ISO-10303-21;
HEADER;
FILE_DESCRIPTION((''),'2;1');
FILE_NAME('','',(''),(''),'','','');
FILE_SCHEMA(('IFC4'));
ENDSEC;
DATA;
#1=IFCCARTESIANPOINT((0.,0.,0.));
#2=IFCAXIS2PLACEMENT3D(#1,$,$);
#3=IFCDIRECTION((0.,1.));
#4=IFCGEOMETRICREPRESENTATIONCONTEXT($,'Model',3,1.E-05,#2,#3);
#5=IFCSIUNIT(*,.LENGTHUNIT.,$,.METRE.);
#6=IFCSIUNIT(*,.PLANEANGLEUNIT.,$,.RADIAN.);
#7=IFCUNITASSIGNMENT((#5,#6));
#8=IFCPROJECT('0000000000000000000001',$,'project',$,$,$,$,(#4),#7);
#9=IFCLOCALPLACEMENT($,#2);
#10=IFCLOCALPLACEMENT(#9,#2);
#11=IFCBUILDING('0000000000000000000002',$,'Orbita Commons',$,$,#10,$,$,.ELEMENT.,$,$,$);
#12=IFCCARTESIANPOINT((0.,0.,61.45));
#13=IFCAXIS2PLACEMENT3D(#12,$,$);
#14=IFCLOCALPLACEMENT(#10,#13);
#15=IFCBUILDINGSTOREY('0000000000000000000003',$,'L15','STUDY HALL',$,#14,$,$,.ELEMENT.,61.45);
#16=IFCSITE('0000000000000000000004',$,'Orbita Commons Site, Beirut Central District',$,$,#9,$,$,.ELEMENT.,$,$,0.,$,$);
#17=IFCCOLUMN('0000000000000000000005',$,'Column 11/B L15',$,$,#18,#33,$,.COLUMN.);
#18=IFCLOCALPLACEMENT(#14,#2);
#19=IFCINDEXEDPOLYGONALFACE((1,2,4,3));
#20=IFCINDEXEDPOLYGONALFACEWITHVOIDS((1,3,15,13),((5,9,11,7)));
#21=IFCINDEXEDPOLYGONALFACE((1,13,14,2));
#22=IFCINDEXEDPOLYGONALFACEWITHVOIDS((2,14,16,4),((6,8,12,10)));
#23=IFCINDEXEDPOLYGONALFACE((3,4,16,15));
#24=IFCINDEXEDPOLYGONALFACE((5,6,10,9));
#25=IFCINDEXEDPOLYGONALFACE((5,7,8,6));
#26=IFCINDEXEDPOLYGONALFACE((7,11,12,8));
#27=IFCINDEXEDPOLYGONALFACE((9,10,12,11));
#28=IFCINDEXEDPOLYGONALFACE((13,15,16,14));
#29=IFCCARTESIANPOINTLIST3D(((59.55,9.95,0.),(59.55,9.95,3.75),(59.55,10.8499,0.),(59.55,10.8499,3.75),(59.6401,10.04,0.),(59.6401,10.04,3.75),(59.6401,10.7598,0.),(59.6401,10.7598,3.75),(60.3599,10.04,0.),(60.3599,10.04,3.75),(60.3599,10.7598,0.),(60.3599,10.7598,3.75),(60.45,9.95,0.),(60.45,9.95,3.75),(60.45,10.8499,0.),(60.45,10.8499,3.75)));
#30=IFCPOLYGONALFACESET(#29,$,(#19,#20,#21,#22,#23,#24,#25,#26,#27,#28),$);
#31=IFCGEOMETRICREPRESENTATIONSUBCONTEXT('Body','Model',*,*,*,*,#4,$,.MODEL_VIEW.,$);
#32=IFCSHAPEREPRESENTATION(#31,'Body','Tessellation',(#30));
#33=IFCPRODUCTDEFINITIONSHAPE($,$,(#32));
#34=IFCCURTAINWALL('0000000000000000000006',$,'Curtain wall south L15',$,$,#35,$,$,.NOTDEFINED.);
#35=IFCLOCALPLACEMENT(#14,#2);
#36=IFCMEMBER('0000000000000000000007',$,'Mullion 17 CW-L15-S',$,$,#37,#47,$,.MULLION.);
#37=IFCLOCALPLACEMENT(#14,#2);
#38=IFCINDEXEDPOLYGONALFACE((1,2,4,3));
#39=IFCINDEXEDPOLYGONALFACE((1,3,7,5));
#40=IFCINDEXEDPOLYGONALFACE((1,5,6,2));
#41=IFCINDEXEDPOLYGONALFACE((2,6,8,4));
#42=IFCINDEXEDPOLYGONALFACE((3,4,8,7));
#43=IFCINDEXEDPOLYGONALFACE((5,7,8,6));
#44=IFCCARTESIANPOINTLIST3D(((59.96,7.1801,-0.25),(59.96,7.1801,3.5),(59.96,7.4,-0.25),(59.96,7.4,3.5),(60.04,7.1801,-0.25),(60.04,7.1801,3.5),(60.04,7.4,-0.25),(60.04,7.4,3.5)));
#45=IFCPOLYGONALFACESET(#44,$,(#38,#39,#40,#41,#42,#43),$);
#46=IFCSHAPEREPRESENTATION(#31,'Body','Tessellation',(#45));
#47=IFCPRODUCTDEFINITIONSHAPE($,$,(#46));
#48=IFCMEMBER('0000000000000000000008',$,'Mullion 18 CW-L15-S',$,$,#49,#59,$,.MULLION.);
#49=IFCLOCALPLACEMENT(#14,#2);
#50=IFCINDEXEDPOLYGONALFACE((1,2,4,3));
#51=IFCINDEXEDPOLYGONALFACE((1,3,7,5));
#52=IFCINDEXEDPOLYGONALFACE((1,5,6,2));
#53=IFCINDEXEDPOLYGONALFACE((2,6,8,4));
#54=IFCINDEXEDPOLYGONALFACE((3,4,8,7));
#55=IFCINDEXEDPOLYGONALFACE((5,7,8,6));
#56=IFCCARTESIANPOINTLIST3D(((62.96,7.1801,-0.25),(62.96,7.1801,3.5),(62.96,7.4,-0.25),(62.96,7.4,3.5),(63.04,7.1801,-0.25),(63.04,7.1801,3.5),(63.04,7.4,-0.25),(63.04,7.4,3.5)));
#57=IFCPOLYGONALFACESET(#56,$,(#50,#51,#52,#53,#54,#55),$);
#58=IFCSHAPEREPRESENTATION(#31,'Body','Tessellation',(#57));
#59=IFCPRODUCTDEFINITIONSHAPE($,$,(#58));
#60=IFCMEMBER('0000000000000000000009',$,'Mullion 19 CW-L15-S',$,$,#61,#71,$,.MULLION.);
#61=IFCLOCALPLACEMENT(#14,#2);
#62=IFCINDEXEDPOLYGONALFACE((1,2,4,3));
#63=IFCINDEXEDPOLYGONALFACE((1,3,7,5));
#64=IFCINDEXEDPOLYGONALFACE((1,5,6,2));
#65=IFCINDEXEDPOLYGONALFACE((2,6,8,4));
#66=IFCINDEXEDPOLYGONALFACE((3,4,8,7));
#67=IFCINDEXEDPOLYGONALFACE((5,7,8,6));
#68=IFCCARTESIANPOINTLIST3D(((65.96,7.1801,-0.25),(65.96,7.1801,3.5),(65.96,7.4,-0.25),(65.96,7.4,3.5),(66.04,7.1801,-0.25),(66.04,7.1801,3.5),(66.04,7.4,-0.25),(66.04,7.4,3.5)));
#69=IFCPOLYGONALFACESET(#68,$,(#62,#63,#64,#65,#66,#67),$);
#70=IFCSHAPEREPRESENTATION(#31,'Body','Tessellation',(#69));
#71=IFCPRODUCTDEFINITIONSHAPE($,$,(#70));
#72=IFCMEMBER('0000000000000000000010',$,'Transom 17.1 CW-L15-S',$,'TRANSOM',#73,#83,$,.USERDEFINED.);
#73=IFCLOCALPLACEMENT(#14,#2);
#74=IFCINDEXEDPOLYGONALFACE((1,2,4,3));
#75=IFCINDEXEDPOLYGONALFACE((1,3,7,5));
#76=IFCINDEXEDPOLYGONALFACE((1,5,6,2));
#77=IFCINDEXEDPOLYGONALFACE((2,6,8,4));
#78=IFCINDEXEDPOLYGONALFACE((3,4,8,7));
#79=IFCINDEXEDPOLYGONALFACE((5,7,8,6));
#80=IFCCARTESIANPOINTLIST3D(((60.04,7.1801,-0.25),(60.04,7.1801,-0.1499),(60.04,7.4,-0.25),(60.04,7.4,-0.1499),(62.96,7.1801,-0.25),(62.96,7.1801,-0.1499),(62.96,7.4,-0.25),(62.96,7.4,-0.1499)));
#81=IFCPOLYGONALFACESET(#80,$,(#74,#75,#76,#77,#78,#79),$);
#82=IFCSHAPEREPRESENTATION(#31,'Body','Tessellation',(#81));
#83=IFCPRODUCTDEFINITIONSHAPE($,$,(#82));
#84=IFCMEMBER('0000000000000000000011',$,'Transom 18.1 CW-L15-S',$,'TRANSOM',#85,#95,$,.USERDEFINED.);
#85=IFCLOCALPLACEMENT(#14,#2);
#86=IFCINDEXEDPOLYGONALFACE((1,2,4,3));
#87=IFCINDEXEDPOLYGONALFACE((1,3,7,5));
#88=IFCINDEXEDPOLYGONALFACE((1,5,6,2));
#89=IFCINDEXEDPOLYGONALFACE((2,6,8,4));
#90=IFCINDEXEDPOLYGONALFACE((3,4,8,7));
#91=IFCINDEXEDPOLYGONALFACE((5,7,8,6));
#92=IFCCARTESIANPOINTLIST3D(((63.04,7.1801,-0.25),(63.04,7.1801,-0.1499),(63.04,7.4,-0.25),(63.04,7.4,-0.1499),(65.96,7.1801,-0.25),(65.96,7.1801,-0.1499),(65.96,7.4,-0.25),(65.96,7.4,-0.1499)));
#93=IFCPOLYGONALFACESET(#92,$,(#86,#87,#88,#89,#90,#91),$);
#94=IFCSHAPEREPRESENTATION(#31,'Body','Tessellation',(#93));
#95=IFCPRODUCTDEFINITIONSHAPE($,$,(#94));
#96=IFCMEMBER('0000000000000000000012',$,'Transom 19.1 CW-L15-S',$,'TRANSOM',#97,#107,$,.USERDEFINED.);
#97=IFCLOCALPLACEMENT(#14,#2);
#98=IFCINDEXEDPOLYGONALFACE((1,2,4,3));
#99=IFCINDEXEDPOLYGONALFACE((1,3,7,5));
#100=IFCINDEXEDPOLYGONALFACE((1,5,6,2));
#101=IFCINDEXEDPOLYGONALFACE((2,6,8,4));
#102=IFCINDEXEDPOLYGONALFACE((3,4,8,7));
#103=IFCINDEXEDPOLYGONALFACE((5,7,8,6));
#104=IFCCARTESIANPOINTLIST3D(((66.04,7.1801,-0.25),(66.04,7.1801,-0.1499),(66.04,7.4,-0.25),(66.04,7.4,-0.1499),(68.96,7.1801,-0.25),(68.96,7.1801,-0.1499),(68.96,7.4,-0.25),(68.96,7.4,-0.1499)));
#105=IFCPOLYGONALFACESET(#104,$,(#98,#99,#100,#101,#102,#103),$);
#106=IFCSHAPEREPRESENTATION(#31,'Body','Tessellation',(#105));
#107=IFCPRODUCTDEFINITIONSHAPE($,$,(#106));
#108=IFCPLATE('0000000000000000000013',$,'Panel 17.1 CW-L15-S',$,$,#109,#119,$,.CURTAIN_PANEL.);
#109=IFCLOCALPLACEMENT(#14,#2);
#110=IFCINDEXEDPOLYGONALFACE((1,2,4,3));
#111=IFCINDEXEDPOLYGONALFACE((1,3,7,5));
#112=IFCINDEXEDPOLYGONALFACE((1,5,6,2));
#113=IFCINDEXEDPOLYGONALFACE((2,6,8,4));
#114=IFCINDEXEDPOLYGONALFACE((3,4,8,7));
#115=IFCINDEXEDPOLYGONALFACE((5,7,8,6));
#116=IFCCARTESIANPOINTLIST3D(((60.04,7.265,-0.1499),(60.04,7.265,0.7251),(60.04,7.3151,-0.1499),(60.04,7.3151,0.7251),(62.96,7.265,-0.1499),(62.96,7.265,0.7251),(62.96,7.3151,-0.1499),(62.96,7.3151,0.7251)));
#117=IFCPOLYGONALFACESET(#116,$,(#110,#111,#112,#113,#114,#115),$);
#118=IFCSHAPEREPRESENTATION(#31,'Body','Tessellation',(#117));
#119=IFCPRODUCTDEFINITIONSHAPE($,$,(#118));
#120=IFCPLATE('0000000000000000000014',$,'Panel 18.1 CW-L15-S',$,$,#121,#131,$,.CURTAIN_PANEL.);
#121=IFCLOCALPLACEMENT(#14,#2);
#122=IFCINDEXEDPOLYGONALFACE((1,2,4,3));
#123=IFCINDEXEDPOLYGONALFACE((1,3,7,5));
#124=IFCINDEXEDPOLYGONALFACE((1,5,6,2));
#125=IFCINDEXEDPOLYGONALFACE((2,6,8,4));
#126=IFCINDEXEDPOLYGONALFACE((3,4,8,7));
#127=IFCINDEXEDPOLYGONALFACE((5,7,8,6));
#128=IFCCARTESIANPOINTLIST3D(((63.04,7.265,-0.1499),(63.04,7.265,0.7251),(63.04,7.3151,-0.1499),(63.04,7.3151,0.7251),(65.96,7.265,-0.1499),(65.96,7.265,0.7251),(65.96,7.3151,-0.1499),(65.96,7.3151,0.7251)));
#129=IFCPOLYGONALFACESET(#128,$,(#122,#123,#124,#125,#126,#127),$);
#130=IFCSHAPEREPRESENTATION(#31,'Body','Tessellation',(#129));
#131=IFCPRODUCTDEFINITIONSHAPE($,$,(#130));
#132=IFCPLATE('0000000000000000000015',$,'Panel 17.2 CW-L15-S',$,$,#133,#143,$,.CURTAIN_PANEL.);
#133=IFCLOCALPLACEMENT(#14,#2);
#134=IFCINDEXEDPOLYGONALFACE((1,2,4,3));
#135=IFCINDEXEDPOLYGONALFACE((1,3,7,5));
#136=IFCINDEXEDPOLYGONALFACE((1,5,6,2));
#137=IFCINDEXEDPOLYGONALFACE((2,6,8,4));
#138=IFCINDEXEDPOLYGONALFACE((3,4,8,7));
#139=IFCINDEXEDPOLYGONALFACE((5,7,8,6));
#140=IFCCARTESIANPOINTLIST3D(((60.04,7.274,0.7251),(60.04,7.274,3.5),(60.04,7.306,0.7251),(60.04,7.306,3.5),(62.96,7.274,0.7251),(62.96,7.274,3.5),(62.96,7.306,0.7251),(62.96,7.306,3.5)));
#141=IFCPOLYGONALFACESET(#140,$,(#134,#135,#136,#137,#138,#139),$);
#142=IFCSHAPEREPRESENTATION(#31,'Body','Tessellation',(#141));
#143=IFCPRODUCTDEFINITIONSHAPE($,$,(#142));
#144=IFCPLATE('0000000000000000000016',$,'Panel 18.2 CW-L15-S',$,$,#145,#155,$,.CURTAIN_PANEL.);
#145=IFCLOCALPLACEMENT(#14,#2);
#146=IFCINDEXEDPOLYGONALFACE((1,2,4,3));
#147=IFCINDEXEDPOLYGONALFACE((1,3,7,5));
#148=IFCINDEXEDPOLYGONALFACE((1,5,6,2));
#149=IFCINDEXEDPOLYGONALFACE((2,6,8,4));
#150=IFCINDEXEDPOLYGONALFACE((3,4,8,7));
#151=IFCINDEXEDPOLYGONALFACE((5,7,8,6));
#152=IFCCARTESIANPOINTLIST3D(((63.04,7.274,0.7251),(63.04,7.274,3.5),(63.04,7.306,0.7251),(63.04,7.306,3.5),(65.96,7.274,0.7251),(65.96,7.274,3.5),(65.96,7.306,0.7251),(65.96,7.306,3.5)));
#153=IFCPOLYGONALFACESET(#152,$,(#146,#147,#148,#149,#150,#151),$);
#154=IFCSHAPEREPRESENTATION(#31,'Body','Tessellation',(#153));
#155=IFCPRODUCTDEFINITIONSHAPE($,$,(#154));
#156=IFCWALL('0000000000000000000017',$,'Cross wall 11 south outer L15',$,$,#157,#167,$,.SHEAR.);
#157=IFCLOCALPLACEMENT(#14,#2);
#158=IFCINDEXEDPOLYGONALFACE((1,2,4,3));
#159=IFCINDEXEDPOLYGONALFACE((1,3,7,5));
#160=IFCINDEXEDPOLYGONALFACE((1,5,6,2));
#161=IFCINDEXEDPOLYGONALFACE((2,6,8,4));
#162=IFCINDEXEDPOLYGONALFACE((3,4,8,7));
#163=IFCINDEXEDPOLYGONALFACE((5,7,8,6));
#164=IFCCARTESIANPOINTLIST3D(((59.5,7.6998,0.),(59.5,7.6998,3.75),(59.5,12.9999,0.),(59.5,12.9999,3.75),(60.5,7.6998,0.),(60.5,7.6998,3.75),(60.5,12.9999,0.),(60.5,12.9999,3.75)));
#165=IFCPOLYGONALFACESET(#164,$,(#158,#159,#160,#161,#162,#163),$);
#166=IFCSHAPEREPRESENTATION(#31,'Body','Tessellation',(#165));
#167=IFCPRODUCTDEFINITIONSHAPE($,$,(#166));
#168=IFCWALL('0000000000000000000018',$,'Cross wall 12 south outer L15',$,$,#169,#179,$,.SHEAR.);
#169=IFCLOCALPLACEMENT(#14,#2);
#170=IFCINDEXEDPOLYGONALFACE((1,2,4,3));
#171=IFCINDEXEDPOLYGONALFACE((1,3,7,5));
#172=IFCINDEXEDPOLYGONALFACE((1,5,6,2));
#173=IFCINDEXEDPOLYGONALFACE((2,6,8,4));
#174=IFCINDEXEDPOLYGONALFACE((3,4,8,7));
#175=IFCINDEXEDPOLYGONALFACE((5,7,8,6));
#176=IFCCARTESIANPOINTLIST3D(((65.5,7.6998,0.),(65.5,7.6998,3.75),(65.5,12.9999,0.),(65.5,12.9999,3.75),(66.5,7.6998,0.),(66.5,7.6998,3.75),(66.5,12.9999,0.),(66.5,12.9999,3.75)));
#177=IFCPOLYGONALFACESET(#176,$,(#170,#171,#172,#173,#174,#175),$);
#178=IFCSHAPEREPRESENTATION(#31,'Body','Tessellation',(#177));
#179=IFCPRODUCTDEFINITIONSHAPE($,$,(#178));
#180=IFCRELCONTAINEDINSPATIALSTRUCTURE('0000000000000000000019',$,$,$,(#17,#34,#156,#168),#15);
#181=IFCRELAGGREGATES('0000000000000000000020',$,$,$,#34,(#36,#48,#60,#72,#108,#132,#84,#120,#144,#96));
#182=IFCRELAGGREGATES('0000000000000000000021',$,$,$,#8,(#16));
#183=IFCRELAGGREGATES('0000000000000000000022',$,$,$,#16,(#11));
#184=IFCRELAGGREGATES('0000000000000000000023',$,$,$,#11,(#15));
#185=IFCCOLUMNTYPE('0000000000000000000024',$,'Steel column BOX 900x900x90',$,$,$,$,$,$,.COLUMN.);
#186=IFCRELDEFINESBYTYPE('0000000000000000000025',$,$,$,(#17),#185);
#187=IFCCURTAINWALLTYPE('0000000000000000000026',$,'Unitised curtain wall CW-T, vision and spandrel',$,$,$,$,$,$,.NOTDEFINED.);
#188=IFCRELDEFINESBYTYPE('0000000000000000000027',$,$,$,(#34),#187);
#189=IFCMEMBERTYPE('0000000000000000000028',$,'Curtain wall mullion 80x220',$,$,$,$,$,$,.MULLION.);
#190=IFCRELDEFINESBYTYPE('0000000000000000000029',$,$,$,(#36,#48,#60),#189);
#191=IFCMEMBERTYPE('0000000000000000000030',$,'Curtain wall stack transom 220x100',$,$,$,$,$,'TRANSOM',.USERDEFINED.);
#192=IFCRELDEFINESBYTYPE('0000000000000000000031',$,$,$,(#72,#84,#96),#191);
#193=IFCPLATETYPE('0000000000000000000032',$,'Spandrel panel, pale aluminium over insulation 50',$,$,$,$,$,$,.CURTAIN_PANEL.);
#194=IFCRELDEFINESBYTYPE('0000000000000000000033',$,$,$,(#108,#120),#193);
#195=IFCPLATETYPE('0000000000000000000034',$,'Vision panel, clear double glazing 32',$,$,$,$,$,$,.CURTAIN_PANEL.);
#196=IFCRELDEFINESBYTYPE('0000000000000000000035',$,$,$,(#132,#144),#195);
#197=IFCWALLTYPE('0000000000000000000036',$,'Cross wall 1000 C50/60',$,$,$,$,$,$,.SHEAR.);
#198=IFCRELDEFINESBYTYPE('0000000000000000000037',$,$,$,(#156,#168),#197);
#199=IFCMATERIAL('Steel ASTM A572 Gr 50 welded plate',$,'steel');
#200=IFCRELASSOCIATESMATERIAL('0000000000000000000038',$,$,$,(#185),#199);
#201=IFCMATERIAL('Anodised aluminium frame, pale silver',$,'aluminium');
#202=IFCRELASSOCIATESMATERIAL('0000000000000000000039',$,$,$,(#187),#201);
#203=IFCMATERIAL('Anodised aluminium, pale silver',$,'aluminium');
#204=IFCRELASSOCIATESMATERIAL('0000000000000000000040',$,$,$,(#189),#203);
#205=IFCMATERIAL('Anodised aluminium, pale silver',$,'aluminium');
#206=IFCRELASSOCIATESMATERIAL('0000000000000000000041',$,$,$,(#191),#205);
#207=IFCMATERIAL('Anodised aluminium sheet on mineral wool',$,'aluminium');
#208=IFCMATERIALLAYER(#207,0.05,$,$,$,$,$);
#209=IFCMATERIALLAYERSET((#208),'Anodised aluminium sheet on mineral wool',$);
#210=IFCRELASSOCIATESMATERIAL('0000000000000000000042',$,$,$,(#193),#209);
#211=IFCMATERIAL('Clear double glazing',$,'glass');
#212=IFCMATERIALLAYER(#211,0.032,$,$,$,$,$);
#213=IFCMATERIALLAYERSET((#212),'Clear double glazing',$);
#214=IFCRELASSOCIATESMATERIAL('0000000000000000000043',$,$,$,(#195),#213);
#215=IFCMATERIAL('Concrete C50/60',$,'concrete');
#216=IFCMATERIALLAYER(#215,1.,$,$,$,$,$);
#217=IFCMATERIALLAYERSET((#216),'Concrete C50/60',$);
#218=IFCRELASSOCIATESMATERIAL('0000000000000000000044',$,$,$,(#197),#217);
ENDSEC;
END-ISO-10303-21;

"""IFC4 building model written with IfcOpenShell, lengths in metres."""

from ifc_helpers import new_model, si_unit, direction, frame, frame_2d, origin, origin_2d, place, context, subcontext, project, spatial, rectangle, hollow_rectangle, extrude, material, layer, layer_set, material_profile, profile_set, type_object, element, aggregate, save


model = new_model("IFC4")

# Units and contexts
model_context = context("Model", 3, precision=1e-05, world=origin(), true_north=direction((0.0, 1.0)))
body_context = subcontext(model_context, "Body", "Model", "MODEL_VIEW")
ifc_project = project(units=[si_unit("LENGTHUNIT", "METRE"), si_unit("PLANEANGLEUNIT", "RADIAN")], contexts=[model_context])

# Site, building, storey
site_placement = place(None, origin())
site = spatial("IfcSite", under=ifc_project, at=site_placement, Name="Orbita Commons Site, Beirut Central District", CompositionType="ELEMENT", RefElevation=0.0)
building_placement = place(site_placement, origin())
building = spatial("IfcBuilding", under=site, at=building_placement, Name="Orbita Commons", CompositionType="ELEMENT")
storey_placement = place(building_placement, frame((0.0, 0.0, 61.45)))
storey = spatial("IfcBuildingStorey", under=building, at=storey_placement, Name="L15", Description="STUDY HALL", CompositionType="ELEMENT", Elevation=61.45)

# Column
ifc_material_1 = material(Name="Steel ASTM A572 Gr 50 welded plate", Category="steel")
ifc_material_profile_1 = material_profile(ifc_material_1, hollow_rectangle(XDim=0.8999, YDim=0.8999, WallThickness=0.0901, at=origin_2d()), Name="BOX 900x900x90")
ifc_profile_set_1 = profile_set([ifc_material_profile_1], Name="Steel ASTM A572 Gr 50 welded plate")
column_type = type_object("IfcColumnType", Name="Steel column BOX 900x900x90", PredefinedType="COLUMN", material=ifc_profile_set_1)
column_placement = place(storey_placement, frame((60.0, 10.3999, 0.0), z_axis=(0.0, 0.0, 1.0), x_axis=(1.0, 0.0, 0.0)))
element("IfcColumn", 1, at=column_placement, inside=storey, type_object=column_type, Name="Column 11/B L15", PredefinedType="COLUMN", context=body_context, shape_type="SweptSolid", body=[
    extrude(hollow_rectangle(XDim=0.8999, YDim=0.8999, WallThickness=0.0901, at=origin_2d()), origin(), (0.0, 0.0, 1.0), 3.75),
])

# Curtain wall, members, plates
ifc_material_2 = material(Name="Anodised aluminium frame, pale silver", Category="aluminium")
curtain_wall_type = type_object("IfcCurtainWallType", Name="Unitised curtain wall CW-T, vision and spandrel", PredefinedType="NOTDEFINED", material=ifc_material_2)
curtain_wall_placement = place(storey_placement, origin())
curtain_wall = element("IfcCurtainWall", 2, at=curtain_wall_placement, inside=storey, type_object=curtain_wall_type, Name="Curtain wall south L15", PredefinedType="NOTDEFINED")
ifc_material_3 = material(Name="Anodised aluminium, pale silver", Category="aluminium")
ifc_material_profile_2 = material_profile(ifc_material_3, rectangle(XDim=0.0801, YDim=0.22, at=origin_2d()), Name="AL 80x220")
ifc_profile_set_2 = profile_set([ifc_material_profile_2], Name="Anodised aluminium, pale silver")
member_type_1 = type_object("IfcMemberType", Name="Curtain wall mullion 80x220", PredefinedType="MULLION", material=ifc_profile_set_2)
member_1_placement = place(storey_placement, frame((60.0, 7.29, -0.25), z_axis=(0.0, 0.0, 1.0), x_axis=(1.0, 0.0, 0.0)))
member_1 = element("IfcMember", 3, at=member_1_placement, type_object=member_type_1, Name="Mullion 17 CW-L15-S", PredefinedType="MULLION", context=body_context, shape_type="SweptSolid", body=[
    extrude(rectangle(XDim=0.0801, YDim=0.22, at=origin_2d()), origin(), (0.0, 0.0, 1.0), 3.75),
])
member_2_placement = place(storey_placement, frame((63.0, 7.29, -0.25), z_axis=(0.0, 0.0, 1.0), x_axis=(1.0, 0.0, 0.0)))
member_2 = element("IfcMember", 4, at=member_2_placement, type_object=member_type_1, Name="Mullion 18 CW-L15-S", PredefinedType="MULLION", context=body_context, shape_type="SweptSolid", body=[
    extrude(rectangle(XDim=0.0801, YDim=0.22, at=origin_2d()), origin(), (0.0, 0.0, 1.0), 3.75),
])
member_3_placement = place(storey_placement, frame((66.0, 7.29, -0.25), z_axis=(0.0, 0.0, 1.0), x_axis=(1.0, 0.0, 0.0)))
member_3 = element("IfcMember", 5, at=member_3_placement, type_object=member_type_1, Name="Mullion 19 CW-L15-S", PredefinedType="MULLION", context=body_context, shape_type="SweptSolid", body=[
    extrude(rectangle(XDim=0.0801, YDim=0.22, at=origin_2d()), origin(), (0.0, 0.0, 1.0), 3.75),
])
ifc_material_4 = material(Name="Anodised aluminium, pale silver", Category="aluminium")
ifc_material_profile_3 = material_profile(ifc_material_4, rectangle(XDim=0.22, YDim=0.1001, at=origin_2d()), Name="AL 220x100")
ifc_profile_set_3 = profile_set([ifc_material_profile_3], Name="Anodised aluminium, pale silver")
member_type_2 = type_object("IfcMemberType", Name="Curtain wall stack transom 220x100", ElementType="TRANSOM", PredefinedType="USERDEFINED", material=ifc_profile_set_3)
member_4_placement = place(storey_placement, frame((60.04, 7.29, -0.2), z_axis=(1.0, 0.0, 0.0), x_axis=(0.0, 1.0, 0.0)))
member_4 = element("IfcMember", 6, at=member_4_placement, type_object=member_type_2, Name="Transom 17.1 CW-L15-S", ObjectType="TRANSOM", PredefinedType="USERDEFINED", context=body_context, shape_type="SweptSolid", body=[
    extrude(rectangle(XDim=0.22, YDim=0.1001, at=origin_2d()), origin(), (0.0, 0.0, 1.0), 2.9199),
])
member_5_placement = place(storey_placement, frame((63.04, 7.29, -0.2), z_axis=(1.0, 0.0, 0.0), x_axis=(0.0, 1.0, 0.0)))
member_5 = element("IfcMember", 7, at=member_5_placement, type_object=member_type_2, Name="Transom 18.1 CW-L15-S", ObjectType="TRANSOM", PredefinedType="USERDEFINED", context=body_context, shape_type="SweptSolid", body=[
    extrude(rectangle(XDim=0.22, YDim=0.1001, at=origin_2d()), origin(), (0.0, 0.0, 1.0), 2.9199),
])
member_6_placement = place(storey_placement, frame((66.04, 7.29, -0.2), z_axis=(1.0, 0.0, 0.0), x_axis=(0.0, 1.0, 0.0)))
member_6 = element("IfcMember", 8, at=member_6_placement, type_object=member_type_2, Name="Transom 19.1 CW-L15-S", ObjectType="TRANSOM", PredefinedType="USERDEFINED", context=body_context, shape_type="SweptSolid", body=[
    extrude(rectangle(XDim=0.22, YDim=0.1001, at=origin_2d()), origin(), (0.0, 0.0, 1.0), 2.9199),
])
ifc_material_5 = material(Name="Anodised aluminium sheet on mineral wool", Category="aluminium")
ifc_layer_1 = layer(ifc_material_5, 0.05)
ifc_layer_set_1 = layer_set([ifc_layer_1], Name="Anodised aluminium sheet on mineral wool")
plate_type_1 = type_object("IfcPlateType", Name="Spandrel panel, pale aluminium over insulation 50", PredefinedType="CURTAIN_PANEL", material=ifc_layer_set_1)
plate_1_placement = place(storey_placement, frame((61.5, 7.29, -0.1499), z_axis=(0.0, 0.0, 1.0), x_axis=(1.0, 0.0, 0.0)))
plate_1 = element("IfcPlate", 9, at=plate_1_placement, type_object=plate_type_1, Name="Panel 17.1 CW-L15-S", PredefinedType="CURTAIN_PANEL", context=body_context, shape_type="SweptSolid", body=[
    extrude(rectangle(XDim=2.9199, YDim=0.05, at=origin_2d()), origin(), (0.0, 0.0, 1.0), 0.875),
])
plate_2_placement = place(storey_placement, frame((64.5, 7.29, -0.1499), z_axis=(0.0, 0.0, 1.0), x_axis=(1.0, 0.0, 0.0)))
plate_2 = element("IfcPlate", 10, at=plate_2_placement, type_object=plate_type_1, Name="Panel 18.1 CW-L15-S", PredefinedType="CURTAIN_PANEL", context=body_context, shape_type="SweptSolid", body=[
    extrude(rectangle(XDim=2.9199, YDim=0.05, at=origin_2d()), origin(), (0.0, 0.0, 1.0), 0.875),
])
ifc_material_6 = material(Name="Clear double glazing", Category="glass")
ifc_layer_2 = layer(ifc_material_6, 0.032)
ifc_layer_set_2 = layer_set([ifc_layer_2], Name="Clear double glazing")
plate_type_2 = type_object("IfcPlateType", Name="Vision panel, clear double glazing 32", PredefinedType="CURTAIN_PANEL", material=ifc_layer_set_2)
plate_3_placement = place(storey_placement, frame((61.5, 7.29, 0.7251), z_axis=(0.0, 0.0, 1.0), x_axis=(1.0, 0.0, 0.0)))
plate_3 = element("IfcPlate", 11, at=plate_3_placement, type_object=plate_type_2, Name="Panel 17.2 CW-L15-S", PredefinedType="CURTAIN_PANEL", context=body_context, shape_type="SweptSolid", body=[
    extrude(rectangle(XDim=2.9199, YDim=0.032, at=origin_2d()), origin(), (0.0, 0.0, 1.0), 2.7749),
])
plate_4_placement = place(storey_placement, frame((64.5, 7.29, 0.7251), z_axis=(0.0, 0.0, 1.0), x_axis=(1.0, 0.0, 0.0)))
plate_4 = element("IfcPlate", 12, at=plate_4_placement, type_object=plate_type_2, Name="Panel 18.2 CW-L15-S", PredefinedType="CURTAIN_PANEL", context=body_context, shape_type="SweptSolid", body=[
    extrude(rectangle(XDim=2.9199, YDim=0.032, at=origin_2d()), origin(), (0.0, 0.0, 1.0), 2.7749),
])
aggregate(curtain_wall, [member_1, member_2, member_3, member_4, plate_1, plate_3, member_5, plate_2, plate_4, member_6])

# Walls
ifc_material_7 = material(Name="Concrete C50/60", Category="concrete")
ifc_layer_3 = layer(ifc_material_7, 1.0)
ifc_layer_set_3 = layer_set([ifc_layer_3], Name="Concrete C50/60")
wall_type_1 = type_object("IfcWallType", Name="Cross wall 1000 C50/60", PredefinedType="SHEAR", material=ifc_layer_set_3)
for number, where, z_axis, x_axis, name in (
    (13, (60.0, 7.7, 0.0), (0.0, 0.0, 1.0), (0.0, 1.0, 0.0), "Cross wall 11 south outer L15"),
    (14, (66.0, 7.7, 0.0), (0.0, 0.0, 1.0), (0.0, 1.0, 0.0), "Cross wall 12 south outer L15"),
):
    element("IfcWall", number, at=place(storey_placement, frame(where, z_axis=z_axis, x_axis=x_axis)), inside=storey, type_object=wall_type_1, Name=name, PredefinedType="SHEAR", context=body_context, shape_type="SweptSolid", body=[
        extrude(rectangle(XDim=5.3, YDim=1.0, at=frame_2d((2.6499, 0.0))), origin(), (0.0, 0.0, 1.0), 3.75),
    ])

save(model, "model.ifc")
